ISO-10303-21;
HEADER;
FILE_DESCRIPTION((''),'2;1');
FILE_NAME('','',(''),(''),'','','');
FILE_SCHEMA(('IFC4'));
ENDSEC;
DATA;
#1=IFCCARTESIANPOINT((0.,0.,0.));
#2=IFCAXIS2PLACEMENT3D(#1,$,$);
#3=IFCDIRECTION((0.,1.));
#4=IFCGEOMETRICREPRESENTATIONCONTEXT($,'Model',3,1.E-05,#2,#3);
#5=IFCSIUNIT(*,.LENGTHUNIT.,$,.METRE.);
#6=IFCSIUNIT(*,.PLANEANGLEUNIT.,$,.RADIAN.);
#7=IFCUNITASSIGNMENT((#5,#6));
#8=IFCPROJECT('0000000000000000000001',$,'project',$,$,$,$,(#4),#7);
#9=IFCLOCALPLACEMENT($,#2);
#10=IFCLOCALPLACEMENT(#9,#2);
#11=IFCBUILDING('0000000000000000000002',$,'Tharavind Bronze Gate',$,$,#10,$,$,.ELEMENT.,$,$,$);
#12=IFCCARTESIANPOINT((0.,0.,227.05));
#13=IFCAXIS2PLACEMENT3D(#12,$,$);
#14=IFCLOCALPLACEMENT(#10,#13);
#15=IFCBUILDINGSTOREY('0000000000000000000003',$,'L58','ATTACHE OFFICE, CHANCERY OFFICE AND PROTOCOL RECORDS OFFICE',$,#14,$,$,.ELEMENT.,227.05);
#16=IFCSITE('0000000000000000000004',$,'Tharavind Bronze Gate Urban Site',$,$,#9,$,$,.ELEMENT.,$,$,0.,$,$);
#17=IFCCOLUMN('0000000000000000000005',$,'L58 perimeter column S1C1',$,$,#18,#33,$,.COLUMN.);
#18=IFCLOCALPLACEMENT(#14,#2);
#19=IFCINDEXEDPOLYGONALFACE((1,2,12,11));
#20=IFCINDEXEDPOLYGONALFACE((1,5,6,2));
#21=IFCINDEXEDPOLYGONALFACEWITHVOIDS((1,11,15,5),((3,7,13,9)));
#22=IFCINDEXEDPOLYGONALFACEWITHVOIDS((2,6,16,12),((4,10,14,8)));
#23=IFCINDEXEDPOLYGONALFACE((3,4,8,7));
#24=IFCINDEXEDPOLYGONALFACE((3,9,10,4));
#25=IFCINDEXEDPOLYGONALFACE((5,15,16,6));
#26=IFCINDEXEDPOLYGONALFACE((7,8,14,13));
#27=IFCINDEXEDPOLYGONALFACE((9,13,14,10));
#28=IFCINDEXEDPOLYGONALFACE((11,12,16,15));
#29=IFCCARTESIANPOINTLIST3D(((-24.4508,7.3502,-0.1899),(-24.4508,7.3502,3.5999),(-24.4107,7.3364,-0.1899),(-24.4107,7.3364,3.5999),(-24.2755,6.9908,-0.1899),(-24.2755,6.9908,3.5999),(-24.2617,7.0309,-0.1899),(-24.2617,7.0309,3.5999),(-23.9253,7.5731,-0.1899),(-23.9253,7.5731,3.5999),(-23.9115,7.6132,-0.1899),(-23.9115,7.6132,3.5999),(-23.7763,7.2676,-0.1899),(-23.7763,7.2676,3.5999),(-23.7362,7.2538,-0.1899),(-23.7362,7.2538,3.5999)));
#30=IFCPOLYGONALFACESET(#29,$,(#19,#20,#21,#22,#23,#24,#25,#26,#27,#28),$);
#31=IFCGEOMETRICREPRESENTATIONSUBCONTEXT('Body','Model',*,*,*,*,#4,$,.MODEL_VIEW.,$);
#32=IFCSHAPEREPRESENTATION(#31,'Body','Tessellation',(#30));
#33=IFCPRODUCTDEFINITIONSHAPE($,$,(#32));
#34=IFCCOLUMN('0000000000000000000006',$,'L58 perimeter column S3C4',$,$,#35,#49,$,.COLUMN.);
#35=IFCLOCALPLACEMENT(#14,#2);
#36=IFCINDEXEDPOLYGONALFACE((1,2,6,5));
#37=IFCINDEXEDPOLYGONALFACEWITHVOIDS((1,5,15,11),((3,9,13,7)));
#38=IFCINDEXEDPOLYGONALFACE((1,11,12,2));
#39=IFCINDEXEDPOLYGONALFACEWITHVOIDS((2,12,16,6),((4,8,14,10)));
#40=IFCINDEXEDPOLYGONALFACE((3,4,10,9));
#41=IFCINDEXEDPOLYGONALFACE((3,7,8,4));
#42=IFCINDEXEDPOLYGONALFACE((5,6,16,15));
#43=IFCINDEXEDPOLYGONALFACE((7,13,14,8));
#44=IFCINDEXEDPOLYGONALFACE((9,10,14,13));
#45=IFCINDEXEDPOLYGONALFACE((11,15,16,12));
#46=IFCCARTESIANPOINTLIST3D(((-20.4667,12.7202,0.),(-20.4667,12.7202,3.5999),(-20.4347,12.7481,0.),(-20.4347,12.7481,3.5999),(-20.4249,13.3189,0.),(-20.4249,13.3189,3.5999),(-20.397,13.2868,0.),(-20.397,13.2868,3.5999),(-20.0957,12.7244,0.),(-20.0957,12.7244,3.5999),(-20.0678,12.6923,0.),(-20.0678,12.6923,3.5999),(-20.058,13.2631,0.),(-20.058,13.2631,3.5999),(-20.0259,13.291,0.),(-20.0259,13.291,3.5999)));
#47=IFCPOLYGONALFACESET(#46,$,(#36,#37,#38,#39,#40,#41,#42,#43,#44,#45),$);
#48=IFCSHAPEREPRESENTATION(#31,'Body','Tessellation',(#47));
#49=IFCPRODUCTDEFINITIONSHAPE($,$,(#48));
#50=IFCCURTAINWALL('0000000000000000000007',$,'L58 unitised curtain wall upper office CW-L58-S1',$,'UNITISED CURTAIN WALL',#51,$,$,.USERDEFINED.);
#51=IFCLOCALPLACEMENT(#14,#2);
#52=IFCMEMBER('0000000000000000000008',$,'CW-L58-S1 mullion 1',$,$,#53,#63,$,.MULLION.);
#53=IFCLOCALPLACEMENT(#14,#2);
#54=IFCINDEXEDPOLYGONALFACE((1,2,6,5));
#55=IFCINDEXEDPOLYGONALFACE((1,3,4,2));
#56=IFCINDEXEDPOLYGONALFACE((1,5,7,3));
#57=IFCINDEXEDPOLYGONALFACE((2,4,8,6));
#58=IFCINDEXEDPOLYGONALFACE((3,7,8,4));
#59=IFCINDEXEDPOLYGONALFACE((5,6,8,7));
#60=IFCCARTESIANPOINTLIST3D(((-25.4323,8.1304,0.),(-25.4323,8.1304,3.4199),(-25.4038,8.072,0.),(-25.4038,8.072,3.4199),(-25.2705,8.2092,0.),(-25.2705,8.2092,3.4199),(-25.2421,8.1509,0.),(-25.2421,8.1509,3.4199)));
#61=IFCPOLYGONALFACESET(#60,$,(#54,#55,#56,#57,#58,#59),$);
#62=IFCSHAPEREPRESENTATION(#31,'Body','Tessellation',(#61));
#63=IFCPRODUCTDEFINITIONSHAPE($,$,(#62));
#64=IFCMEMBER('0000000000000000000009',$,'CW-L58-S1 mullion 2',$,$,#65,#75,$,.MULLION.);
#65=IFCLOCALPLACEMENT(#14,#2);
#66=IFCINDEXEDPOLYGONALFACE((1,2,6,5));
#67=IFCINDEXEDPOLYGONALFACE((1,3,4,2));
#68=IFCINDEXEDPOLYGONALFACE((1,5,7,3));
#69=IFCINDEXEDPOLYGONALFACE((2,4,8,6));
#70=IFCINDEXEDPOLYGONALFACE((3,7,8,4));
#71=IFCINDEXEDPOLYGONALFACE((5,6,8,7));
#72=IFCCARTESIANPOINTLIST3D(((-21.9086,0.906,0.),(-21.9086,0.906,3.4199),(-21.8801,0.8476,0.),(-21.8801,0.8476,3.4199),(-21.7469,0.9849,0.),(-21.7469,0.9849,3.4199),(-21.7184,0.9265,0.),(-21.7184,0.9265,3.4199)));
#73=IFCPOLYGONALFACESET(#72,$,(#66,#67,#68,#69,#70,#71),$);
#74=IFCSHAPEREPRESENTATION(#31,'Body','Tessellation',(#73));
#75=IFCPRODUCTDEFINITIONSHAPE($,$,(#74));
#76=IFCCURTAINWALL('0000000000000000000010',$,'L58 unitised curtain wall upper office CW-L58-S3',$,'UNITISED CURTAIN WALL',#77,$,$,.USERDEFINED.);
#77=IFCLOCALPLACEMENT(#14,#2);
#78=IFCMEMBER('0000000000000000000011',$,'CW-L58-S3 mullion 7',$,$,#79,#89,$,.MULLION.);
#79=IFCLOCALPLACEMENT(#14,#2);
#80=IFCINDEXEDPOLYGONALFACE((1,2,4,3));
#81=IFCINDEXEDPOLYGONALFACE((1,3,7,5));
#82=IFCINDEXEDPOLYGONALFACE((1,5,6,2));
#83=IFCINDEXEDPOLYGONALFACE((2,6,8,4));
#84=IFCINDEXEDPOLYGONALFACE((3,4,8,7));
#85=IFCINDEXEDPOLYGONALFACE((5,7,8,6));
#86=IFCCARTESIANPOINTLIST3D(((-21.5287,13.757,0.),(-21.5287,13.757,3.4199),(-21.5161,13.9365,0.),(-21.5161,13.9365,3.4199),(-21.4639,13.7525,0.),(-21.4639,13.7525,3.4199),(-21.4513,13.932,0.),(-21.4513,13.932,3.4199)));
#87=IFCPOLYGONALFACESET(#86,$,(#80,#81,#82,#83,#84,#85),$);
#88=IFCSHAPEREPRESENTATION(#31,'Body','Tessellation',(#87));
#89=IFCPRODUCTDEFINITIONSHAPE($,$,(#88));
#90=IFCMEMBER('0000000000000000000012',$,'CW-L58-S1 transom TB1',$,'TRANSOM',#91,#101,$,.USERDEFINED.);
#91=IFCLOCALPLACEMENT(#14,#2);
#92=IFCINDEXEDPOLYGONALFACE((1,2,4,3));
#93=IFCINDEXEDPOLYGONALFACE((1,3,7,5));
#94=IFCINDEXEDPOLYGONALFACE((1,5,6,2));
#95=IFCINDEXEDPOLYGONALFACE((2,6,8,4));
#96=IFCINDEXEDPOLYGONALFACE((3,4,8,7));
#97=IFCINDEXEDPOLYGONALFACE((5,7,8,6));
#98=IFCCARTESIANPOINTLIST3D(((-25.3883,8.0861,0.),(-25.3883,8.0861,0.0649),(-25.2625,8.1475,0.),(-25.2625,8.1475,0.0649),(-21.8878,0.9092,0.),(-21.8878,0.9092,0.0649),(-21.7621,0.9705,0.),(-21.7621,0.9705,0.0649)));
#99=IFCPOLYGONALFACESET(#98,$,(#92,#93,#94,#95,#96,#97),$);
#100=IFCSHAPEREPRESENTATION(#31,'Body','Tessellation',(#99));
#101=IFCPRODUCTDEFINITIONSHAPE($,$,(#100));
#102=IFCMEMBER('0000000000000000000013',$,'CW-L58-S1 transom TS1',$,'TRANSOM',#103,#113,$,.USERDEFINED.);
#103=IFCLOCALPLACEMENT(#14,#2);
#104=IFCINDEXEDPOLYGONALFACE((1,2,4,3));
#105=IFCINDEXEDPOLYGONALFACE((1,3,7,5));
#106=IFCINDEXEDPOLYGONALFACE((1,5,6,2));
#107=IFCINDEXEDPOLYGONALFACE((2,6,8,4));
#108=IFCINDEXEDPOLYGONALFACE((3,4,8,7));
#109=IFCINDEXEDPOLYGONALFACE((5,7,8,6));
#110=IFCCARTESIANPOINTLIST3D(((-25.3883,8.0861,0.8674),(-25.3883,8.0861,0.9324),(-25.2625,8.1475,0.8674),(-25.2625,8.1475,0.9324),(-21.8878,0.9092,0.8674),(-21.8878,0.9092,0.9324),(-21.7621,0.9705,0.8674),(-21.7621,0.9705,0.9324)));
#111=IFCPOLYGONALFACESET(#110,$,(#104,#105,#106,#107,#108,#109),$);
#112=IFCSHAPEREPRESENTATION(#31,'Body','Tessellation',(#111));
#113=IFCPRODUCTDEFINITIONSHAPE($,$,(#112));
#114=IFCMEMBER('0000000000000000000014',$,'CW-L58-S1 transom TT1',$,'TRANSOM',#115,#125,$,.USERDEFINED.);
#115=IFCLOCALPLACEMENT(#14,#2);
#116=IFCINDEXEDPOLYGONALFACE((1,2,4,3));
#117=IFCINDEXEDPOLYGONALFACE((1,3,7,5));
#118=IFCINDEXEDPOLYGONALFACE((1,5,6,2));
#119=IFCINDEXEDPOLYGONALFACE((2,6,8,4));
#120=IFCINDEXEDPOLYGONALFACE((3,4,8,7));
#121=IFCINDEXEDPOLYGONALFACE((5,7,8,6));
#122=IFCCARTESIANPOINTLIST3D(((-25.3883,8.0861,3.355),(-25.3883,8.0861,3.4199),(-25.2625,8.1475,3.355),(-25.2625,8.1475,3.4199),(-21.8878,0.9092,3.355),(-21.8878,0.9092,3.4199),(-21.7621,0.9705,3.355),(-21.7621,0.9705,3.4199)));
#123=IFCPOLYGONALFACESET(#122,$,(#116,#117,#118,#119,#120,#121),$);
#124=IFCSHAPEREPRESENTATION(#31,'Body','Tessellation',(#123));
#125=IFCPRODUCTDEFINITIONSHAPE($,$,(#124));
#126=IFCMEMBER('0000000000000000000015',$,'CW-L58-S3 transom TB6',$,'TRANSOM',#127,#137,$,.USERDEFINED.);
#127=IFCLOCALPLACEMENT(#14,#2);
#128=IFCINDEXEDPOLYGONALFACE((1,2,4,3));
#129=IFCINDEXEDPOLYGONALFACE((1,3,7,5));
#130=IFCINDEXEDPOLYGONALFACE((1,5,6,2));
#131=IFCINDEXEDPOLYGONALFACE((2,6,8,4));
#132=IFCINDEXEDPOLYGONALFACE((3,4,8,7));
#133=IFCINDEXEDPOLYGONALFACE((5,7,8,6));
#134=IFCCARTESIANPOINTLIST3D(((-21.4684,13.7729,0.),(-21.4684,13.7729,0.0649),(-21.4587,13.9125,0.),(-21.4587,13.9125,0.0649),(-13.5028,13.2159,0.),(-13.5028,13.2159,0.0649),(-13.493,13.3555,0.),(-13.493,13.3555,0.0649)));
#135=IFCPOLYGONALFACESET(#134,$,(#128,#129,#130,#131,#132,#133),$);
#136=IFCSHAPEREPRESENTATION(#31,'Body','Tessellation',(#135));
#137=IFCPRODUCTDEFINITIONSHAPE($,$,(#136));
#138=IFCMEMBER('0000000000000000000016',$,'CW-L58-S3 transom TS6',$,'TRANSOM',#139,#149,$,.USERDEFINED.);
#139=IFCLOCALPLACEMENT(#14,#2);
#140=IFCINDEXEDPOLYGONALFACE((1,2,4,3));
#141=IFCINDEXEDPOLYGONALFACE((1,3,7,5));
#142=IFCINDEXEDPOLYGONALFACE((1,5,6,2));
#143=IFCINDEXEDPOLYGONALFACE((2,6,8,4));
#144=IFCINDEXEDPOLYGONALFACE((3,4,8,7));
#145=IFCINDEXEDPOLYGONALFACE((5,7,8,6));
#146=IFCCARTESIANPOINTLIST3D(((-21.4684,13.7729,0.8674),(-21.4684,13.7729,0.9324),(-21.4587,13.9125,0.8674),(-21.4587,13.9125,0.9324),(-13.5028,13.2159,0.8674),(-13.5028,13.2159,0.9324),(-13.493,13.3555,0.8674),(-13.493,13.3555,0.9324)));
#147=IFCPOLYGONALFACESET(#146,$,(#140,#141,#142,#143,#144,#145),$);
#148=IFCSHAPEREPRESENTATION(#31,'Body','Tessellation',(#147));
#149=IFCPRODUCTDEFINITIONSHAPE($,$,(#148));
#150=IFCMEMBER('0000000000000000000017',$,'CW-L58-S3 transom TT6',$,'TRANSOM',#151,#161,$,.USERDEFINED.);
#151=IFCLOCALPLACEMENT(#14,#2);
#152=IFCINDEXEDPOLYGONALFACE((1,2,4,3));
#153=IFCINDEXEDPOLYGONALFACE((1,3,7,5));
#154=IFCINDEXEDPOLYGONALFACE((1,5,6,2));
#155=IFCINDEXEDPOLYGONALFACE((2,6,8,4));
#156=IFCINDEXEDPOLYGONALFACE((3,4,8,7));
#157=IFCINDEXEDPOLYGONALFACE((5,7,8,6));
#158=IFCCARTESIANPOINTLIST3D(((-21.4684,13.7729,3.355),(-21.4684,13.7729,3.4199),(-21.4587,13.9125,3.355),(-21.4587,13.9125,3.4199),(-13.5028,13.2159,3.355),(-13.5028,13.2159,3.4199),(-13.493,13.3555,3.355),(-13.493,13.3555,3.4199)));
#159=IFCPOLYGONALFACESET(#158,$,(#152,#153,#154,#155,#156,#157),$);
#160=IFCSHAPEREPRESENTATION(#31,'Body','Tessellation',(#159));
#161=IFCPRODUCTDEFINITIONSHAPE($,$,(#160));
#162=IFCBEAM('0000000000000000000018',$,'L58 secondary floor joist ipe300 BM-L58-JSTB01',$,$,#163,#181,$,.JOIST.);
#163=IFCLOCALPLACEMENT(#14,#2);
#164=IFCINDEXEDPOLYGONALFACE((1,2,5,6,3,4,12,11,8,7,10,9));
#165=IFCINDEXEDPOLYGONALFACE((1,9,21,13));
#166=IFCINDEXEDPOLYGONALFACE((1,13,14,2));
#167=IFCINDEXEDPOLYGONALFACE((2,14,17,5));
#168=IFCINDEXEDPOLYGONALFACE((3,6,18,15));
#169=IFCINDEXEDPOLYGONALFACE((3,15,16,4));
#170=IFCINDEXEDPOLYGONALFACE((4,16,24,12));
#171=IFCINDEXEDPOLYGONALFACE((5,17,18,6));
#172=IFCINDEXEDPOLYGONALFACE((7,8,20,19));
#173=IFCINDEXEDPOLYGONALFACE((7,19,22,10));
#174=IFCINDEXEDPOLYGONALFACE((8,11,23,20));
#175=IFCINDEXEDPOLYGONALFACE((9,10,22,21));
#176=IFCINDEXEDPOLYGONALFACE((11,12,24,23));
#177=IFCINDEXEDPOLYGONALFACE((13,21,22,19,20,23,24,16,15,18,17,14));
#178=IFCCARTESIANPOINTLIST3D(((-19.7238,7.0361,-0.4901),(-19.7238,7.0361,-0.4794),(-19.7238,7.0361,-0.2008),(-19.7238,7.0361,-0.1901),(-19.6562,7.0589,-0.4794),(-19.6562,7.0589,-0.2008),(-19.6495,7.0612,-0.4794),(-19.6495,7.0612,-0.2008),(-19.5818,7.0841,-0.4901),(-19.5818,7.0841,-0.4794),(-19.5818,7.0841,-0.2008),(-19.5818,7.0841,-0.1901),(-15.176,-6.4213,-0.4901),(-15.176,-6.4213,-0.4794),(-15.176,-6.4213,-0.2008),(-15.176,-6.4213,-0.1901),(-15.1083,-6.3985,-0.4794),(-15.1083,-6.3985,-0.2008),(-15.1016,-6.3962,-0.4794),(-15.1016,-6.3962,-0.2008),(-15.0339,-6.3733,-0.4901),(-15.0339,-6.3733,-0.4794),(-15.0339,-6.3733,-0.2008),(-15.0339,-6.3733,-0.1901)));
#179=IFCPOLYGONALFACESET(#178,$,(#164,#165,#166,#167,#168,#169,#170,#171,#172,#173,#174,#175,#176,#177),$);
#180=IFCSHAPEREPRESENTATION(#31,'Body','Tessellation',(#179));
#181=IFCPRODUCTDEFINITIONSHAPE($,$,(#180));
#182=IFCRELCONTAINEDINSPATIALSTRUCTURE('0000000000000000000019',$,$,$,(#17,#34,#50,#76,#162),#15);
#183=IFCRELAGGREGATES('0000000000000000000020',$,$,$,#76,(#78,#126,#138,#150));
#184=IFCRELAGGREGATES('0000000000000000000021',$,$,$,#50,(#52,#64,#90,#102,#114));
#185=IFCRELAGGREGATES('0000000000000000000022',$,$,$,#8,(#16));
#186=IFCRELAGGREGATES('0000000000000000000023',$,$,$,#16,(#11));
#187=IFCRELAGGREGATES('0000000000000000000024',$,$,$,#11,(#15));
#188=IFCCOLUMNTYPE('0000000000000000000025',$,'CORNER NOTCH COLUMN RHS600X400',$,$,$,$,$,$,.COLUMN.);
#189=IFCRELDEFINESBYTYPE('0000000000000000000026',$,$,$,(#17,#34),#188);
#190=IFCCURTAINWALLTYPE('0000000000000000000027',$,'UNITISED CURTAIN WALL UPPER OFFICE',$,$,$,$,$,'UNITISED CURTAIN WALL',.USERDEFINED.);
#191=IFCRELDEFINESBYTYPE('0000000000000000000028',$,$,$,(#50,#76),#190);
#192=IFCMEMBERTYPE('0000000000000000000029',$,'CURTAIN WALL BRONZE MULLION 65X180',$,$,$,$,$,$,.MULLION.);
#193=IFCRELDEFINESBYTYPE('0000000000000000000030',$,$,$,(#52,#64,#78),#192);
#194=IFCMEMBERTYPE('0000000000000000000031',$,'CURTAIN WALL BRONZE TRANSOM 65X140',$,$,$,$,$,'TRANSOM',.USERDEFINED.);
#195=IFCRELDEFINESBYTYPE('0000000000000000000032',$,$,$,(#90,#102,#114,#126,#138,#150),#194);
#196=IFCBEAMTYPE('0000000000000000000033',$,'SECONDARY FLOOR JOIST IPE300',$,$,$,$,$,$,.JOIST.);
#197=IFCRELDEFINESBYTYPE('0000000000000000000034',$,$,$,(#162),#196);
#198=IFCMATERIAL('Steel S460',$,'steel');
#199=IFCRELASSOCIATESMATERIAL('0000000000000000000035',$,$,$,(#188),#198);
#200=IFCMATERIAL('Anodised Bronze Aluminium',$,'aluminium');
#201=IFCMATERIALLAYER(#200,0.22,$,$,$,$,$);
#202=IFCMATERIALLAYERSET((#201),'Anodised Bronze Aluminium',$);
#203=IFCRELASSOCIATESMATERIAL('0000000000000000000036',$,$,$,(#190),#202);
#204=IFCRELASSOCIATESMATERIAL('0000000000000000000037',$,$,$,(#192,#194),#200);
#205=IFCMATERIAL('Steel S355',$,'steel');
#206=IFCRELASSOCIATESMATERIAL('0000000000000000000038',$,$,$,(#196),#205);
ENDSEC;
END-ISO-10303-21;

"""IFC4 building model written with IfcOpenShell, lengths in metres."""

from ifc_helpers import new_model, si_unit, direction, frame, origin, origin_2d, place, context, subcontext, project, spatial, rectangle, hollow_rectangle, i_section, extrude, material, layer, layer_set, material_profile, profile_set, type_object, element, aggregate, save


model = new_model("IFC4")

# Units and contexts
model_context = context("Model", 3, precision=1e-05, world=origin(), true_north=direction((0.0, 1.0)))
body_context = subcontext(model_context, "Body", "Model", "MODEL_VIEW")
ifc_project = project(units=[si_unit("LENGTHUNIT", "METRE"), si_unit("PLANEANGLEUNIT", "RADIAN")], contexts=[model_context])

# Site, building, storey
site_placement = place(None, origin())
site = spatial("IfcSite", under=ifc_project, at=site_placement, Name="Tharavind Bronze Gate Urban Site", CompositionType="ELEMENT", RefElevation=0.0)
building_placement = place(site_placement, origin())
building = spatial("IfcBuilding", under=site, at=building_placement, Name="Tharavind Bronze Gate", CompositionType="ELEMENT")
storey_placement = place(building_placement, frame((0.0, 0.0, 227.05)))
storey = spatial("IfcBuildingStorey", under=building, at=storey_placement, Name="L58", Description="ATTACHE OFFICE, CHANCERY OFFICE AND PROTOCOL RECORDS OFFICE", CompositionType="ELEMENT", Elevation=227.05)

# Columns
ifc_material_1 = material(Name="Steel S460", Category="steel")
ifc_material_profile_1 = material_profile(ifc_material_1, hollow_rectangle(XDim=0.3999, YDim=0.6001, WallThickness=0.03, at=origin_2d()), Name="RHS600X400X30")
ifc_profile_set_1 = profile_set([ifc_material_profile_1], Name="Steel S460")
column_type = type_object("IfcColumnType", Name="CORNER NOTCH COLUMN RHS600X400", PredefinedType="COLUMN", material=ifc_profile_set_1)
column_1_placement = place(storey_placement, frame((-24.0935, 7.302, -0.1899), z_axis=(0.0, 0.0, 1.0), x_axis=(-0.438371, 0.898794, 0.0)))
element("IfcColumn", 1, at=column_1_placement, inside=storey, type_object=column_type, Name="L58 perimeter column S1C1", PredefinedType="COLUMN", context=body_context, shape_type="SweptSolid", body=[
    extrude(hollow_rectangle(XDim=0.3999, YDim=0.6001, WallThickness=0.03, at=origin_2d()), origin(), (0.0, 0.0, 1.0), 3.7898),
])
column_2_placement = place(storey_placement, frame((-20.2463, 13.0056, 0.0), z_axis=(0.0, 0.0, 1.0), x_axis=(-0.997564, 0.069756, 0.0)))
element("IfcColumn", 2, at=column_2_placement, inside=storey, type_object=column_type, Name="L58 perimeter column S3C4", PredefinedType="COLUMN", context=body_context, shape_type="SweptSolid", body=[
    extrude(hollow_rectangle(XDim=0.3999, YDim=0.6001, WallThickness=0.03, at=origin_2d()), origin(), (0.0, 0.0, 1.0), 3.5999),
])

# Curtain wall, members
ifc_material_2 = material(Name="Anodised Bronze Aluminium", Category="aluminium")
ifc_layer_1 = layer(ifc_material_2, 0.22)
ifc_layer_set_1 = layer_set([ifc_layer_1], Name="Anodised Bronze Aluminium")
curtain_wall_type = type_object("IfcCurtainWallType", Name="UNITISED CURTAIN WALL UPPER OFFICE", ElementType="UNITISED CURTAIN WALL", PredefinedType="USERDEFINED", material=ifc_layer_set_1)
curtain_wall_1_placement = place(storey_placement, origin())
curtain_wall_1 = element("IfcCurtainWall", 3, at=curtain_wall_1_placement, inside=storey, type_object=curtain_wall_type, Name="L58 unitised curtain wall upper office CW-L58-S1", ObjectType="UNITISED CURTAIN WALL", PredefinedType="USERDEFINED")
member_type_1 = type_object("IfcMemberType", Name="CURTAIN WALL BRONZE MULLION 65X180", PredefinedType="MULLION", material=ifc_material_2)
member_1_placement = place(storey_placement, frame((-25.3372, 8.1406, 0.0), z_axis=(0.0, 0.0, 1.0), x_axis=(0.438371, -0.898794, 0.0)))
member_1 = element("IfcMember", 4, at=member_1_placement, type_object=member_type_1, Name="CW-L58-S1 mullion 1", PredefinedType="MULLION", context=body_context, shape_type="SweptSolid", body=[
    extrude(rectangle(XDim=0.0649, YDim=0.1799, at=origin_2d()), origin(), (0.0, 0.0, 1.0), 3.4199),
])
member_2_placement = place(storey_placement, frame((-21.8135, 0.9163, 0.0), z_axis=(0.0, 0.0, 1.0), x_axis=(0.438371, -0.898794, 0.0)))
member_2 = element("IfcMember", 5, at=member_2_placement, type_object=member_type_1, Name="CW-L58-S1 mullion 2", PredefinedType="MULLION", context=body_context, shape_type="SweptSolid", body=[
    extrude(rectangle(XDim=0.0649, YDim=0.1799, at=origin_2d()), origin(), (0.0, 0.0, 1.0), 3.4199),
])

# Curtain wall, member
curtain_wall_2_placement = place(storey_placement, origin())
curtain_wall_2 = element("IfcCurtainWall", 6, at=curtain_wall_2_placement, inside=storey, type_object=curtain_wall_type, Name="L58 unitised curtain wall upper office CW-L58-S3", ObjectType="UNITISED CURTAIN WALL", PredefinedType="USERDEFINED")
member_3_placement = place(storey_placement, frame((-21.49, 13.8445, 0.0), z_axis=(0.0, 0.0, 1.0), x_axis=(-0.997564, 0.069758, 0.0)))
member_3 = element("IfcMember", 7, at=member_3_placement, type_object=member_type_1, Name="CW-L58-S3 mullion 7", PredefinedType="MULLION", context=body_context, shape_type="SweptSolid", body=[
    extrude(rectangle(XDim=0.0649, YDim=0.1799, at=origin_2d()), origin(), (0.0, 0.0, 1.0), 3.4199),
])

# Members
member_type_2 = type_object("IfcMemberType", Name="CURTAIN WALL BRONZE TRANSOM 65X140", ElementType="TRANSOM", PredefinedType="USERDEFINED", material=ifc_material_2)
member_4_placement = place(storey_placement, frame((-23.5752, 4.5283, 0.0), z_axis=(0.0, 0.0, 1.0), x_axis=(0.438371, -0.898794, 0.0)))
member_4 = element("IfcMember", 8, at=member_4_placement, type_object=member_type_2, Name="CW-L58-S1 transom TB1", ObjectType="TRANSOM", PredefinedType="USERDEFINED", context=body_context, shape_type="SweptSolid", body=[
    extrude(rectangle(XDim=7.9851, YDim=0.1399, at=origin_2d()), origin(), (0.0, 0.0, 1.0), 0.0649),
])
member_5_placement = place(storey_placement, frame((-23.5752, 4.5283, 0.8674), z_axis=(0.0, 0.0, 1.0), x_axis=(0.438371, -0.898794, 0.0)))
member_5 = element("IfcMember", 9, at=member_5_placement, type_object=member_type_2, Name="CW-L58-S1 transom TS1", ObjectType="TRANSOM", PredefinedType="USERDEFINED", context=body_context, shape_type="SweptSolid", body=[
    extrude(rectangle(XDim=7.9851, YDim=0.1399, at=origin_2d()), origin(), (0.0, 0.0, 1.0), 0.0649),
])
member_6_placement = place(storey_placement, frame((-23.5752, 4.5283, 3.355), z_axis=(0.0, 0.0, 1.0), x_axis=(0.438371, -0.898794, 0.0)))
member_6 = element("IfcMember", 10, at=member_6_placement, type_object=member_type_2, Name="CW-L58-S1 transom TT1", ObjectType="TRANSOM", PredefinedType="USERDEFINED", context=body_context, shape_type="SweptSolid", body=[
    extrude(rectangle(XDim=7.9851, YDim=0.1399, at=origin_2d()), origin(), (0.0, 0.0, 1.0), 0.0649),
])
member_7_placement = place(storey_placement, frame((-17.4807, 13.5642, 0.0), z_axis=(0.0, 0.0, 1.0), x_axis=(-0.997564, 0.069758, 0.0)))
member_7 = element("IfcMember", 11, at=member_7_placement, type_object=member_type_2, Name="CW-L58-S3 transom TB6", ObjectType="TRANSOM", PredefinedType="USERDEFINED", context=body_context, shape_type="SweptSolid", body=[
    extrude(rectangle(XDim=7.9851, YDim=0.1399, at=origin_2d()), origin(), (0.0, 0.0, 1.0), 0.0649),
])
member_8_placement = place(storey_placement, frame((-17.4807, 13.5642, 0.8674), z_axis=(0.0, 0.0, 1.0), x_axis=(-0.997564, 0.069758, 0.0)))
member_8 = element("IfcMember", 12, at=member_8_placement, type_object=member_type_2, Name="CW-L58-S3 transom TS6", ObjectType="TRANSOM", PredefinedType="USERDEFINED", context=body_context, shape_type="SweptSolid", body=[
    extrude(rectangle(XDim=7.9851, YDim=0.1399, at=origin_2d()), origin(), (0.0, 0.0, 1.0), 0.0649),
])
member_9_placement = place(storey_placement, frame((-17.4807, 13.5642, 3.355), z_axis=(0.0, 0.0, 1.0), x_axis=(-0.997564, 0.069758, 0.0)))
member_9 = element("IfcMember", 13, at=member_9_placement, type_object=member_type_2, Name="CW-L58-S3 transom TT6", ObjectType="TRANSOM", PredefinedType="USERDEFINED", context=body_context, shape_type="SweptSolid", body=[
    extrude(rectangle(XDim=7.9851, YDim=0.1399, at=origin_2d()), origin(), (0.0, 0.0, 1.0), 0.0649),
])
aggregate(curtain_wall_2, [member_3, member_7, member_8, member_9])

# Beam
ifc_material_3 = material(Name="Steel S355", Category="steel")
ifc_material_profile_2 = material_profile(ifc_material_3, i_section(OverallWidth=0.1499, OverallDepth=0.3, WebThickness=0.0071, FlangeThickness=0.0107, at=origin_2d()), Name="IPE300")
ifc_profile_set_2 = profile_set([ifc_material_profile_2], Name="Steel S355")
beam_type_1 = type_object("IfcBeamType", Name="SECONDARY FLOOR JOIST IPE300", PredefinedType="JOIST", material=ifc_profile_set_2)
beam_1_placement = place(storey_placement, frame((-19.6528, 7.0601, -0.3401), z_axis=(0.320159, -0.947364, 0.0), x_axis=(0.947364, 0.320159, 0.0)))
element("IfcBeam", 14, at=beam_1_placement, inside=storey, type_object=beam_type_1, Name="L58 secondary floor joist ipe300 BM-L58-JSTB01", PredefinedType="JOIST", context=body_context, shape_type="SweptSolid", body=[
    extrude(i_section(OverallWidth=0.1499, OverallDepth=0.3, WebThickness=0.0071, FlangeThickness=0.0107, at=origin_2d()), origin(), (0.0, 0.0, 1.0), 14.2051),
])

aggregate(curtain_wall_1, [member_1, member_2, member_4, member_5, member_6])

save(model, "model.ifc")
